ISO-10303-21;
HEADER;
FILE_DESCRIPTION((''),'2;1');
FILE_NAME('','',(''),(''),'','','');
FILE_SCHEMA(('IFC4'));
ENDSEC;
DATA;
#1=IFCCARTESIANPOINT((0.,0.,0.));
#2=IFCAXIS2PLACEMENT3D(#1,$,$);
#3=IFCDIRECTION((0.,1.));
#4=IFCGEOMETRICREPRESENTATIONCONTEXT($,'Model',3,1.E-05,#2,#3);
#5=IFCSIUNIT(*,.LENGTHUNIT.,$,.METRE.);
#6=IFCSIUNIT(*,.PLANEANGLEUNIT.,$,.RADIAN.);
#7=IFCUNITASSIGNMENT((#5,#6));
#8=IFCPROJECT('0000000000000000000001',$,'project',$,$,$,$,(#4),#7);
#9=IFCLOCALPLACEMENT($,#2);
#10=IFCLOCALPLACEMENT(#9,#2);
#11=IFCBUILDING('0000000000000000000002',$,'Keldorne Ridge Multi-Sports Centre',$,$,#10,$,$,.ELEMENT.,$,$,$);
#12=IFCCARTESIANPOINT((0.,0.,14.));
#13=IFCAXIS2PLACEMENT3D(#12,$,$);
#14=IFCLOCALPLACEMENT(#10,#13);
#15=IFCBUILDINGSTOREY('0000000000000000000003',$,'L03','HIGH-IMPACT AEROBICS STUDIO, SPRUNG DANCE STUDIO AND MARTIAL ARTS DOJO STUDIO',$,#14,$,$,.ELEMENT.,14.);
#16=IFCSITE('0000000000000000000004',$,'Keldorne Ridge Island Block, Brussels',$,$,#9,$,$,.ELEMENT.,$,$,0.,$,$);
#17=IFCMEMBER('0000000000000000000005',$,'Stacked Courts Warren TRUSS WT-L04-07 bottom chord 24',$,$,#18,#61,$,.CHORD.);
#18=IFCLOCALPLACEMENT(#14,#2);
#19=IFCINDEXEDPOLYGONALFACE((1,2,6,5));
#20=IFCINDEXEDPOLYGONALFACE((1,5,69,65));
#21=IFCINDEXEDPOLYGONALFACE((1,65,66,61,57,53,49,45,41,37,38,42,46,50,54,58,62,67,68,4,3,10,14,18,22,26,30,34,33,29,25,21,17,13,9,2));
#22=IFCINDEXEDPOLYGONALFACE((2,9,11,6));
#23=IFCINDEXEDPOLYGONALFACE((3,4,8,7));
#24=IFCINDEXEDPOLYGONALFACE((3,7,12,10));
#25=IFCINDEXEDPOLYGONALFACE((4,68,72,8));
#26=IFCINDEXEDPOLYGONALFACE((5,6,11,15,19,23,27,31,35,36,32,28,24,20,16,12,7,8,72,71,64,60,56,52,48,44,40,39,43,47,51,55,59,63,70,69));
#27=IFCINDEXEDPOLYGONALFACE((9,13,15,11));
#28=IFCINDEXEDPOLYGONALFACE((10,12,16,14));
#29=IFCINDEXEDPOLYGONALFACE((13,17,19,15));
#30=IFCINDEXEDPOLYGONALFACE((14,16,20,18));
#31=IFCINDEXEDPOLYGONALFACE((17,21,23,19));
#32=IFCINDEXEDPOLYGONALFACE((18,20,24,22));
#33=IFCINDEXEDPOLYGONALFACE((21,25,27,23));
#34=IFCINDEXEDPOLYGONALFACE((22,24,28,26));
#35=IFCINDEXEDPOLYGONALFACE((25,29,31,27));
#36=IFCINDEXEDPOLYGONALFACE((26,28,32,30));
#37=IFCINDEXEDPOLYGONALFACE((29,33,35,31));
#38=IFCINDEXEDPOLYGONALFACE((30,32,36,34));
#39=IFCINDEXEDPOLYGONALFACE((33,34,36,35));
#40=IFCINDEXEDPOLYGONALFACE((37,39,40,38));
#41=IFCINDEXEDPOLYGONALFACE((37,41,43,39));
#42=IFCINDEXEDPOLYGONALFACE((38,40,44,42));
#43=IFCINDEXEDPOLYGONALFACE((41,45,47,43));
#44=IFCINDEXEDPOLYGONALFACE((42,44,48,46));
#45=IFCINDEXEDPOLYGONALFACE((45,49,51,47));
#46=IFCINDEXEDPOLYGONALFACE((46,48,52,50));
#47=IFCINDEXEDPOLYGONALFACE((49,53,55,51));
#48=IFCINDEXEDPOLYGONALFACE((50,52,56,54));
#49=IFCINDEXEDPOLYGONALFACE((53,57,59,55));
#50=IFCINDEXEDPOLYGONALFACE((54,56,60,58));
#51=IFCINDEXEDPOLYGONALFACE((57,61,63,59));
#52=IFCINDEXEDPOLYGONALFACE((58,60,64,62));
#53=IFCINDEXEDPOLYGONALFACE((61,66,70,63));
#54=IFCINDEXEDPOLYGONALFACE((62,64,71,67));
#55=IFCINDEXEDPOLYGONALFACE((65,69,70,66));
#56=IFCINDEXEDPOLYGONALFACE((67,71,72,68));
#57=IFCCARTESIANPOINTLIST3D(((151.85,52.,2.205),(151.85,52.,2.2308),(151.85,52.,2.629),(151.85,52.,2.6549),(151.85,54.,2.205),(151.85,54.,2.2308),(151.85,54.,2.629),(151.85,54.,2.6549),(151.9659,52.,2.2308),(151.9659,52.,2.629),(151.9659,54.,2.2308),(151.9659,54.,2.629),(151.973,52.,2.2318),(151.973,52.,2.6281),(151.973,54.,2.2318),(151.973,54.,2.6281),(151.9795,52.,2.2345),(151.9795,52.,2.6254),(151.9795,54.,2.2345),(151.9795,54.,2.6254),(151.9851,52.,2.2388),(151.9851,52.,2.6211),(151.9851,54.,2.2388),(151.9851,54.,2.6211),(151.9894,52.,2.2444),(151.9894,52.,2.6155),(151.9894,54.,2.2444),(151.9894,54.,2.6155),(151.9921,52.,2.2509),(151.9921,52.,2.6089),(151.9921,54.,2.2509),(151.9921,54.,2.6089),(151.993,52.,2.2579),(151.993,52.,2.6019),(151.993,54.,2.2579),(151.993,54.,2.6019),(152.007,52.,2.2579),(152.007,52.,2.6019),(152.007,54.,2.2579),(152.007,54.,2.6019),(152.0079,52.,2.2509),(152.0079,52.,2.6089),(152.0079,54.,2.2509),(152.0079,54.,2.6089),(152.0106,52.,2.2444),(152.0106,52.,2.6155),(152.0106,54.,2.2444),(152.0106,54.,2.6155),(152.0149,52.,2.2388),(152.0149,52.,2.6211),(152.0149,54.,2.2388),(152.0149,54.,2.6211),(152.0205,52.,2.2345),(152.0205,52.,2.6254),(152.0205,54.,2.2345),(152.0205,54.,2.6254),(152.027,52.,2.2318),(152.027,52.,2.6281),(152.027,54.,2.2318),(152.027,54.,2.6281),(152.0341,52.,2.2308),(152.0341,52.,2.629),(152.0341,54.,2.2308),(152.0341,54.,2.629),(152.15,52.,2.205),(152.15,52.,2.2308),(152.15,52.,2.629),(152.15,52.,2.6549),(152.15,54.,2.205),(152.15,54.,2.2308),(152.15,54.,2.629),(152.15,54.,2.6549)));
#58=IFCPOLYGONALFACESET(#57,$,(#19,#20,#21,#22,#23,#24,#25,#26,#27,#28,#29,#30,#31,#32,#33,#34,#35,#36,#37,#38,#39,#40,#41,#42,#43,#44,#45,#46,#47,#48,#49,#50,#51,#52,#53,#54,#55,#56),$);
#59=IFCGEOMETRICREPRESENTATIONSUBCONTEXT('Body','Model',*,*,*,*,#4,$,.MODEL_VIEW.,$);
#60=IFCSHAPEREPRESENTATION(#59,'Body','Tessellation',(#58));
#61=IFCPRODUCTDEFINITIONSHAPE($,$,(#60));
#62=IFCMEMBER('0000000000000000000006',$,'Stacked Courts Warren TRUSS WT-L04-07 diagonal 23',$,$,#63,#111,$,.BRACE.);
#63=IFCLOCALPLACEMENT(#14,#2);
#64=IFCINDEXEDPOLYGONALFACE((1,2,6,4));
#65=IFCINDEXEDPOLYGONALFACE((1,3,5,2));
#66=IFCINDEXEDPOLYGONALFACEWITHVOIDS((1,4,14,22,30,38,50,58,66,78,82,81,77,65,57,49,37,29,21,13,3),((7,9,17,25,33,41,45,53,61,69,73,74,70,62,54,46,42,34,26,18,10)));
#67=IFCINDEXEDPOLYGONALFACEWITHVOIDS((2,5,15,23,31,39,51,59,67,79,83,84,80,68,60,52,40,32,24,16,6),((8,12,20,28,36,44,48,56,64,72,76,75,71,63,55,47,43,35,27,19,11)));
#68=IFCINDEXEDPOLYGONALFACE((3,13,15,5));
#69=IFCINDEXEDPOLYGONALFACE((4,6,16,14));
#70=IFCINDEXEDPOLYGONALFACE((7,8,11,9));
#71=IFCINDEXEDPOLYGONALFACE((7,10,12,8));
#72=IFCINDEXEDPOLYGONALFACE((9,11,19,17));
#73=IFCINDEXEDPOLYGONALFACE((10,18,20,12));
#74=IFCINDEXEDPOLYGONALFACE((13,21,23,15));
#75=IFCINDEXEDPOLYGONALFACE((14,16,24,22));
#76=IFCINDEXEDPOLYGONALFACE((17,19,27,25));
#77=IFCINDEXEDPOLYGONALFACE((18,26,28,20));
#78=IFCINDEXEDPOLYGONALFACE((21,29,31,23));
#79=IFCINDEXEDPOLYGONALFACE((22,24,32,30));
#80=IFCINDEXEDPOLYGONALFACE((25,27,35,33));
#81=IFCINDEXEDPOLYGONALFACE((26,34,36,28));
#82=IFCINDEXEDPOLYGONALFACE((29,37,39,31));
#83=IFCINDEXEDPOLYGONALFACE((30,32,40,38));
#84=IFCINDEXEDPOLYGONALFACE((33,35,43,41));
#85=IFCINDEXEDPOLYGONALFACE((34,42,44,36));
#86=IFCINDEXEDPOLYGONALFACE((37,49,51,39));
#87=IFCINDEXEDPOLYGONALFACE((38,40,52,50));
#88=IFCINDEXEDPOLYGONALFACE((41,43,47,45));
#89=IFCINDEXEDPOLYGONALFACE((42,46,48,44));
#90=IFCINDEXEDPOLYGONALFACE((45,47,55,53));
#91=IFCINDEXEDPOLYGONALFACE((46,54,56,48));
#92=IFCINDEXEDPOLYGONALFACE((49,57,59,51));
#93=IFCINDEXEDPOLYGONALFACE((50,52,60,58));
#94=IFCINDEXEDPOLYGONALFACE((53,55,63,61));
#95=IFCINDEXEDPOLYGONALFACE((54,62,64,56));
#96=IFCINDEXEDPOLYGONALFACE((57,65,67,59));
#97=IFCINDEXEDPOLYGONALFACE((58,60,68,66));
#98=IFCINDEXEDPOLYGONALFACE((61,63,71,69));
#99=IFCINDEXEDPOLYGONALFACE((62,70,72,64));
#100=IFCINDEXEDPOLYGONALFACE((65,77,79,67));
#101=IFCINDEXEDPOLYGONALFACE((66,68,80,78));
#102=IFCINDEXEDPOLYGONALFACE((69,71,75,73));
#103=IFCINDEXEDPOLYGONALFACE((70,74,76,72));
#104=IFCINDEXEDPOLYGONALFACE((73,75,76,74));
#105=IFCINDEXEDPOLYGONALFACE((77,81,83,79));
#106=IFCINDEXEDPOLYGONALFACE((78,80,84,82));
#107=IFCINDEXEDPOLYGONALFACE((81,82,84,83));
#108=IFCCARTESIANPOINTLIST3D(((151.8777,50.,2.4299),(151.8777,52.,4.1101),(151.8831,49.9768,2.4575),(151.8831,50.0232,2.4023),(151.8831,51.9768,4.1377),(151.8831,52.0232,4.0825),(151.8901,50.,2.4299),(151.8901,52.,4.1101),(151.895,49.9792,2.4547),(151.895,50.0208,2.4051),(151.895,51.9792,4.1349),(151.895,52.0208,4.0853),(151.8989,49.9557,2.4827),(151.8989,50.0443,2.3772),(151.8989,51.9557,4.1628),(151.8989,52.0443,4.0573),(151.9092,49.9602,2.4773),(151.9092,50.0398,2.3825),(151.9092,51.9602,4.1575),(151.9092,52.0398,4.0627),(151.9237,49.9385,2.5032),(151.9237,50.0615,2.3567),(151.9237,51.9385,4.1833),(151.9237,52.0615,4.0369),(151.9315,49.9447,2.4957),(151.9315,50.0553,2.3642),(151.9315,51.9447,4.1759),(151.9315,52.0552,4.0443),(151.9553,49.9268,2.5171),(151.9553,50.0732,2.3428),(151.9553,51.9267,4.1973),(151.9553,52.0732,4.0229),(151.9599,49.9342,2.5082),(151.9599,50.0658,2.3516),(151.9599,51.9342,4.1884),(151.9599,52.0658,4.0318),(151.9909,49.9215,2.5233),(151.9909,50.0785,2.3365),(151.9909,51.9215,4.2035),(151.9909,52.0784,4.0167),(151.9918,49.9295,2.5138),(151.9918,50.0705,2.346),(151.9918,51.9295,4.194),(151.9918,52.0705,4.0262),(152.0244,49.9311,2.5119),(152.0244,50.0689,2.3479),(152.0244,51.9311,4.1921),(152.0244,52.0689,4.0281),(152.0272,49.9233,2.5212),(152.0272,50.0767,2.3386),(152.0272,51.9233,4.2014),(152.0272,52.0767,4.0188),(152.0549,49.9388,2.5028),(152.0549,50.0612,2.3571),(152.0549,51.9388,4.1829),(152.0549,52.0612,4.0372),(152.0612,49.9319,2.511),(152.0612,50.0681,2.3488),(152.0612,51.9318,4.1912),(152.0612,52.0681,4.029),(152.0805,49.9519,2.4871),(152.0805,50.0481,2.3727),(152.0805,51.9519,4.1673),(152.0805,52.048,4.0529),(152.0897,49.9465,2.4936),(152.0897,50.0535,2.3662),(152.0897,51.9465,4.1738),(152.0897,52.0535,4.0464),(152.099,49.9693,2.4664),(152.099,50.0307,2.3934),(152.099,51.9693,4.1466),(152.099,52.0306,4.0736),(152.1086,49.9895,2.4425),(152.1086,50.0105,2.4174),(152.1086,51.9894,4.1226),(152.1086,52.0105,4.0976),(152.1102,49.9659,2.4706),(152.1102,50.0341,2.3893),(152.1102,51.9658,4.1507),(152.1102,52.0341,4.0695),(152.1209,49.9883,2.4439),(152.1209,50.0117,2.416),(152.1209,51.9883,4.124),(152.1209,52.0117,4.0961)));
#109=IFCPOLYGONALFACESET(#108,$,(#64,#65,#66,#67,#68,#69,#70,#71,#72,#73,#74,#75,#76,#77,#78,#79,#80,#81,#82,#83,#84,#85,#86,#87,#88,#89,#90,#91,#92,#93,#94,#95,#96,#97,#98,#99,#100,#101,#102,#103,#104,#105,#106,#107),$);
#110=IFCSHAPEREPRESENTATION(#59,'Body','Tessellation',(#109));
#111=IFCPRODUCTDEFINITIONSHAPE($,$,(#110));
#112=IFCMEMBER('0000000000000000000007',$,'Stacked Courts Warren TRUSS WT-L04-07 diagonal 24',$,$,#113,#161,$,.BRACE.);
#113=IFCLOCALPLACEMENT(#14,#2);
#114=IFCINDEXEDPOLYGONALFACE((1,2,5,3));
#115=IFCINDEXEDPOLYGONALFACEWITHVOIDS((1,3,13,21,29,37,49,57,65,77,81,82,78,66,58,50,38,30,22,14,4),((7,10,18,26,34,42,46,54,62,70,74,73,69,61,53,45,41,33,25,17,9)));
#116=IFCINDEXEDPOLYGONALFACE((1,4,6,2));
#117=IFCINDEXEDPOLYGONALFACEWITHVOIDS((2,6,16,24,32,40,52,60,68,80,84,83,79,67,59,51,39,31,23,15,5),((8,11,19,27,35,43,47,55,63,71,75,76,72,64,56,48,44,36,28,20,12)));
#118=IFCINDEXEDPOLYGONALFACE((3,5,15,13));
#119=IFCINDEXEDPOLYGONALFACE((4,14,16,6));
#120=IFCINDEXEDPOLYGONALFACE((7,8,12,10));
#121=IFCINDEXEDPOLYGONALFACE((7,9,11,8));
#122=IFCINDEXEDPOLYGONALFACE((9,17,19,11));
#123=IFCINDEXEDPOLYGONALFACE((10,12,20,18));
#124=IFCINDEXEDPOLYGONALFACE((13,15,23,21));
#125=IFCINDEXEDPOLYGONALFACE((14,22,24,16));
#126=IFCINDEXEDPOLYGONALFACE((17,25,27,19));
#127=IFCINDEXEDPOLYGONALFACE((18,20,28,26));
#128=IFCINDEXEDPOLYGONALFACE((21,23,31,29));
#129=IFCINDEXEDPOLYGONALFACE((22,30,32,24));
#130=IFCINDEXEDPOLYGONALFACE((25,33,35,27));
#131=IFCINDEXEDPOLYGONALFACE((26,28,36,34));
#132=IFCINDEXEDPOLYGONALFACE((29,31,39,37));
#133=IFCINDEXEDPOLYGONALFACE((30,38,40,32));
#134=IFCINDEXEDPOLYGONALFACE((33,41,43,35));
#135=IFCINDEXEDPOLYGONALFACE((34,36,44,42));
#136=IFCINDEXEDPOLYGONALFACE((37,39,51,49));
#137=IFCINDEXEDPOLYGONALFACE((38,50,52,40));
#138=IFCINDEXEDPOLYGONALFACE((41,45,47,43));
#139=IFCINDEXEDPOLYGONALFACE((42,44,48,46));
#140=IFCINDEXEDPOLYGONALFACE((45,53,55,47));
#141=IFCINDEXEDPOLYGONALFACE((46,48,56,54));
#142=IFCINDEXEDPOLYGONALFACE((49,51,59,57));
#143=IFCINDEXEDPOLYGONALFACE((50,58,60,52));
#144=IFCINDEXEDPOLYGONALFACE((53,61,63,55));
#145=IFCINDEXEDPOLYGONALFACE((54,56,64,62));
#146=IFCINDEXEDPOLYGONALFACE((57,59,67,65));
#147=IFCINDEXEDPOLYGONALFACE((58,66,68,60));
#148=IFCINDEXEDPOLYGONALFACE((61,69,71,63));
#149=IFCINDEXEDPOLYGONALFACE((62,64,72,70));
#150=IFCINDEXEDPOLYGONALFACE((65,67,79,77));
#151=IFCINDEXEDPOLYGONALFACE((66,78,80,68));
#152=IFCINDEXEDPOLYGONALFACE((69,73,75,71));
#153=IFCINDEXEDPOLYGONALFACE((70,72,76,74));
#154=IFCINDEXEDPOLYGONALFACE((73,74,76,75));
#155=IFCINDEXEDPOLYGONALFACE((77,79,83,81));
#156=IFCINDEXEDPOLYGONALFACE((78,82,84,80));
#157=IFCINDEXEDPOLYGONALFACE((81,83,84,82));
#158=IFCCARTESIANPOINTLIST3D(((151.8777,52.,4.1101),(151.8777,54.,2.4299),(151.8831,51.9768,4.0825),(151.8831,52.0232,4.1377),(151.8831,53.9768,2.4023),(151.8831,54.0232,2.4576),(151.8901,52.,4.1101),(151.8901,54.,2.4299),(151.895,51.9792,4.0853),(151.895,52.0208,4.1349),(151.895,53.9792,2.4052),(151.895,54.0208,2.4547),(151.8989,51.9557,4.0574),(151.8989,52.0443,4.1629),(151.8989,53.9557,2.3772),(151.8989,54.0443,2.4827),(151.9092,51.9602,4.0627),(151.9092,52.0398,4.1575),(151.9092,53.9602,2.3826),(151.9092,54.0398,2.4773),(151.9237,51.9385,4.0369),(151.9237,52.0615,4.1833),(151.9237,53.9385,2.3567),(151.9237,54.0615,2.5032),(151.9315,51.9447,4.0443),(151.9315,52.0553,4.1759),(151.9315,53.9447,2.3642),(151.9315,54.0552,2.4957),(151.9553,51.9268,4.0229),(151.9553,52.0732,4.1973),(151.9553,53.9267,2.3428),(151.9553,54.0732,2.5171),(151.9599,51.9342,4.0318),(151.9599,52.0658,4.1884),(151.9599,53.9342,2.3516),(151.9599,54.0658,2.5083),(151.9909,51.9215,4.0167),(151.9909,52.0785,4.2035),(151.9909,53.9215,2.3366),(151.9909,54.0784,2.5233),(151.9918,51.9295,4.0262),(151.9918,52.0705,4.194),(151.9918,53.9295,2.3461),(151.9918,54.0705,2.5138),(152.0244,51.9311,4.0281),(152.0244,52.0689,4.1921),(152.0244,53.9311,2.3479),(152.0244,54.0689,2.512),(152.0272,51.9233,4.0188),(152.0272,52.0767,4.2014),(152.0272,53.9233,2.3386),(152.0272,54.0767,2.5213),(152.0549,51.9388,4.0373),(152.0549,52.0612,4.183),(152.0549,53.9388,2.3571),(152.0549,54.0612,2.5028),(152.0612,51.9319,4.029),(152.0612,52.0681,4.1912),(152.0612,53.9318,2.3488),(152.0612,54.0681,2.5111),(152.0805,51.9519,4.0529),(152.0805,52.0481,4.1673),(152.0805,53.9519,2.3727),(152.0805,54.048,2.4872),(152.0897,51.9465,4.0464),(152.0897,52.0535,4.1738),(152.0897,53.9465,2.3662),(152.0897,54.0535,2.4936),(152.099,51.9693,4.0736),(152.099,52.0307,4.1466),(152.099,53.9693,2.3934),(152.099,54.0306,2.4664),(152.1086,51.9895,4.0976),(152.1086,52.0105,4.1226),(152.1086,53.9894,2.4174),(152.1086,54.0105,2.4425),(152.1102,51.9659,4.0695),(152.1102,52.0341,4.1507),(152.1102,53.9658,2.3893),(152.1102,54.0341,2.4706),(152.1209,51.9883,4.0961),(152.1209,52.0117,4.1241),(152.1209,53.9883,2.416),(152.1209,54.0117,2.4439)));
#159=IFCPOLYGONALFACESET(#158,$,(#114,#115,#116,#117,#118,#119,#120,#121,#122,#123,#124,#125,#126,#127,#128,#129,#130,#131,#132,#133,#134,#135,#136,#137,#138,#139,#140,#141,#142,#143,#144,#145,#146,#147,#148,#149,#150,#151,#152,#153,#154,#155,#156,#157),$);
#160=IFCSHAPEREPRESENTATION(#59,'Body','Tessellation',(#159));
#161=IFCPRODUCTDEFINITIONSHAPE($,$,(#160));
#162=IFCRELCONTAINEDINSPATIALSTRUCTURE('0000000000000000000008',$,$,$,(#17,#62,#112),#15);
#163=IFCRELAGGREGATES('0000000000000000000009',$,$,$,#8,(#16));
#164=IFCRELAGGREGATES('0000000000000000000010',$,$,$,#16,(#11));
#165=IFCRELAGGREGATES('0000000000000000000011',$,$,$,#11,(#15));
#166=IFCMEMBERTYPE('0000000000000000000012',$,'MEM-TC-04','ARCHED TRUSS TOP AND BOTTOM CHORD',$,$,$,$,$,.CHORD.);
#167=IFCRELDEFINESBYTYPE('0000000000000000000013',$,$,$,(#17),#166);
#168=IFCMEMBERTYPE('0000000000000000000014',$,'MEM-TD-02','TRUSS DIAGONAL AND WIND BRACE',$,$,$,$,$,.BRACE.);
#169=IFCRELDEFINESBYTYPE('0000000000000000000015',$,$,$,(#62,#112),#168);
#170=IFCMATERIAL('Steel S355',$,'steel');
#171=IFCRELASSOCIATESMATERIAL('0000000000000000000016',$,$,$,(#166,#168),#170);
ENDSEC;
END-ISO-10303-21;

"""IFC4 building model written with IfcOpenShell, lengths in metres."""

from ifc_helpers import new_model, si_unit, direction, frame, origin, origin_2d, place, context, subcontext, project, spatial, hollow_circle, i_section, extrude, material, material_profile, profile_set, type_object, element, save


model = new_model("IFC4")

# Units and contexts
model_context = context("Model", 3, precision=1e-05, world=origin(), true_north=direction((0.0, 1.0)))
body_context = subcontext(model_context, "Body", "Model", "MODEL_VIEW")
ifc_project = project(units=[si_unit("LENGTHUNIT", "METRE"), si_unit("PLANEANGLEUNIT", "RADIAN")], contexts=[model_context])

# Site, building, storey
site_placement = place(None, origin())
site = spatial("IfcSite", under=ifc_project, at=site_placement, Name="Keldorne Ridge Island Block, Brussels", CompositionType="ELEMENT", RefElevation=0.0)
building_placement = place(site_placement, origin())
building = spatial("IfcBuilding", under=site, at=building_placement, Name="Keldorne Ridge Multi-Sports Centre", CompositionType="ELEMENT")
storey_placement = place(building_placement, frame((0.0, 0.0, 14.0)))
storey = spatial("IfcBuildingStorey", under=building, at=storey_placement, Name="L03", Description="HIGH-IMPACT AEROBICS STUDIO, SPRUNG DANCE STUDIO AND MARTIAL ARTS DOJO STUDIO", CompositionType="ELEMENT", Elevation=14.0)

# Members
ifc_material_1 = material(Name="Steel S355", Category="steel")
ifc_material_profile_1 = material_profile(ifc_material_1, i_section(OverallWidth=0.3, OverallDepth=0.45, WebThickness=0.0139, FlangeThickness=0.0259, FilletRadius=0.0271, at=origin_2d()), Name="HEB 450")
ifc_profile_set_1 = profile_set([ifc_material_profile_1], Name="Steel S355")
member_type_1 = type_object("IfcMemberType", Name="MEM-TC-04", Description="ARCHED TRUSS TOP AND BOTTOM CHORD", PredefinedType="CHORD", material=ifc_profile_set_1)
for number, where, z_axis, x_axis, name in (
    (1, (152.0, 52.0, 2.4299), (0.0, 1.0, 0.0), (-1.0, 0.0, 0.0), "Stacked Courts Warren TRUSS WT-L04-07 bottom chord 24"),
):
    element("IfcMember", number, at=place(storey_placement, frame(where, z_axis=z_axis, x_axis=x_axis)), inside=storey, type_object=member_type_1, Name=name, PredefinedType="CHORD", context=body_context, shape_type="SweptSolid", body=[
        extrude(i_section(OverallWidth=0.3, OverallDepth=0.45, WebThickness=0.0139, FlangeThickness=0.0259, FilletRadius=0.0271, at=origin_2d()), origin(), (0.0, 0.0, 1.0), 2.0),
    ])
ifc_material_profile_2 = material_profile(ifc_material_1, hollow_circle(Radius=0.1223, WallThickness=0.0125, at=origin_2d()), Name="CHS 244.5x12.5")
ifc_profile_set_2 = profile_set([ifc_material_profile_2], Name="Steel S355")
member_type_2 = type_object("IfcMemberType", Name="MEM-TD-02", Description="TRUSS DIAGONAL AND WIND BRACE", PredefinedType="BRACE", material=ifc_profile_set_2)
for number, where, z_axis, x_axis, name in (
    (2, (152.0, 50.0, 2.4299), (0.0, 0.765672, 0.643232), (-1.0, 0.0, 0.0), "Stacked Courts Warren TRUSS WT-L04-07 diagonal 23"),
    (3, (152.0, 52.0, 4.1101), (0.0, 0.765672, -0.643232), (-1.0, 0.0, 0.0), "Stacked Courts Warren TRUSS WT-L04-07 diagonal 24"),
):
    element("IfcMember", number, at=place(storey_placement, frame(where, z_axis=z_axis, x_axis=x_axis)), inside=storey, type_object=member_type_2, Name=name, PredefinedType="BRACE", context=body_context, shape_type="SweptSolid", body=[
        extrude(hollow_circle(Radius=0.1223, WallThickness=0.0125, at=origin_2d()), origin(), (0.0, 0.0, 1.0), 2.6121),
    ])

save(model, "model.ifc")
